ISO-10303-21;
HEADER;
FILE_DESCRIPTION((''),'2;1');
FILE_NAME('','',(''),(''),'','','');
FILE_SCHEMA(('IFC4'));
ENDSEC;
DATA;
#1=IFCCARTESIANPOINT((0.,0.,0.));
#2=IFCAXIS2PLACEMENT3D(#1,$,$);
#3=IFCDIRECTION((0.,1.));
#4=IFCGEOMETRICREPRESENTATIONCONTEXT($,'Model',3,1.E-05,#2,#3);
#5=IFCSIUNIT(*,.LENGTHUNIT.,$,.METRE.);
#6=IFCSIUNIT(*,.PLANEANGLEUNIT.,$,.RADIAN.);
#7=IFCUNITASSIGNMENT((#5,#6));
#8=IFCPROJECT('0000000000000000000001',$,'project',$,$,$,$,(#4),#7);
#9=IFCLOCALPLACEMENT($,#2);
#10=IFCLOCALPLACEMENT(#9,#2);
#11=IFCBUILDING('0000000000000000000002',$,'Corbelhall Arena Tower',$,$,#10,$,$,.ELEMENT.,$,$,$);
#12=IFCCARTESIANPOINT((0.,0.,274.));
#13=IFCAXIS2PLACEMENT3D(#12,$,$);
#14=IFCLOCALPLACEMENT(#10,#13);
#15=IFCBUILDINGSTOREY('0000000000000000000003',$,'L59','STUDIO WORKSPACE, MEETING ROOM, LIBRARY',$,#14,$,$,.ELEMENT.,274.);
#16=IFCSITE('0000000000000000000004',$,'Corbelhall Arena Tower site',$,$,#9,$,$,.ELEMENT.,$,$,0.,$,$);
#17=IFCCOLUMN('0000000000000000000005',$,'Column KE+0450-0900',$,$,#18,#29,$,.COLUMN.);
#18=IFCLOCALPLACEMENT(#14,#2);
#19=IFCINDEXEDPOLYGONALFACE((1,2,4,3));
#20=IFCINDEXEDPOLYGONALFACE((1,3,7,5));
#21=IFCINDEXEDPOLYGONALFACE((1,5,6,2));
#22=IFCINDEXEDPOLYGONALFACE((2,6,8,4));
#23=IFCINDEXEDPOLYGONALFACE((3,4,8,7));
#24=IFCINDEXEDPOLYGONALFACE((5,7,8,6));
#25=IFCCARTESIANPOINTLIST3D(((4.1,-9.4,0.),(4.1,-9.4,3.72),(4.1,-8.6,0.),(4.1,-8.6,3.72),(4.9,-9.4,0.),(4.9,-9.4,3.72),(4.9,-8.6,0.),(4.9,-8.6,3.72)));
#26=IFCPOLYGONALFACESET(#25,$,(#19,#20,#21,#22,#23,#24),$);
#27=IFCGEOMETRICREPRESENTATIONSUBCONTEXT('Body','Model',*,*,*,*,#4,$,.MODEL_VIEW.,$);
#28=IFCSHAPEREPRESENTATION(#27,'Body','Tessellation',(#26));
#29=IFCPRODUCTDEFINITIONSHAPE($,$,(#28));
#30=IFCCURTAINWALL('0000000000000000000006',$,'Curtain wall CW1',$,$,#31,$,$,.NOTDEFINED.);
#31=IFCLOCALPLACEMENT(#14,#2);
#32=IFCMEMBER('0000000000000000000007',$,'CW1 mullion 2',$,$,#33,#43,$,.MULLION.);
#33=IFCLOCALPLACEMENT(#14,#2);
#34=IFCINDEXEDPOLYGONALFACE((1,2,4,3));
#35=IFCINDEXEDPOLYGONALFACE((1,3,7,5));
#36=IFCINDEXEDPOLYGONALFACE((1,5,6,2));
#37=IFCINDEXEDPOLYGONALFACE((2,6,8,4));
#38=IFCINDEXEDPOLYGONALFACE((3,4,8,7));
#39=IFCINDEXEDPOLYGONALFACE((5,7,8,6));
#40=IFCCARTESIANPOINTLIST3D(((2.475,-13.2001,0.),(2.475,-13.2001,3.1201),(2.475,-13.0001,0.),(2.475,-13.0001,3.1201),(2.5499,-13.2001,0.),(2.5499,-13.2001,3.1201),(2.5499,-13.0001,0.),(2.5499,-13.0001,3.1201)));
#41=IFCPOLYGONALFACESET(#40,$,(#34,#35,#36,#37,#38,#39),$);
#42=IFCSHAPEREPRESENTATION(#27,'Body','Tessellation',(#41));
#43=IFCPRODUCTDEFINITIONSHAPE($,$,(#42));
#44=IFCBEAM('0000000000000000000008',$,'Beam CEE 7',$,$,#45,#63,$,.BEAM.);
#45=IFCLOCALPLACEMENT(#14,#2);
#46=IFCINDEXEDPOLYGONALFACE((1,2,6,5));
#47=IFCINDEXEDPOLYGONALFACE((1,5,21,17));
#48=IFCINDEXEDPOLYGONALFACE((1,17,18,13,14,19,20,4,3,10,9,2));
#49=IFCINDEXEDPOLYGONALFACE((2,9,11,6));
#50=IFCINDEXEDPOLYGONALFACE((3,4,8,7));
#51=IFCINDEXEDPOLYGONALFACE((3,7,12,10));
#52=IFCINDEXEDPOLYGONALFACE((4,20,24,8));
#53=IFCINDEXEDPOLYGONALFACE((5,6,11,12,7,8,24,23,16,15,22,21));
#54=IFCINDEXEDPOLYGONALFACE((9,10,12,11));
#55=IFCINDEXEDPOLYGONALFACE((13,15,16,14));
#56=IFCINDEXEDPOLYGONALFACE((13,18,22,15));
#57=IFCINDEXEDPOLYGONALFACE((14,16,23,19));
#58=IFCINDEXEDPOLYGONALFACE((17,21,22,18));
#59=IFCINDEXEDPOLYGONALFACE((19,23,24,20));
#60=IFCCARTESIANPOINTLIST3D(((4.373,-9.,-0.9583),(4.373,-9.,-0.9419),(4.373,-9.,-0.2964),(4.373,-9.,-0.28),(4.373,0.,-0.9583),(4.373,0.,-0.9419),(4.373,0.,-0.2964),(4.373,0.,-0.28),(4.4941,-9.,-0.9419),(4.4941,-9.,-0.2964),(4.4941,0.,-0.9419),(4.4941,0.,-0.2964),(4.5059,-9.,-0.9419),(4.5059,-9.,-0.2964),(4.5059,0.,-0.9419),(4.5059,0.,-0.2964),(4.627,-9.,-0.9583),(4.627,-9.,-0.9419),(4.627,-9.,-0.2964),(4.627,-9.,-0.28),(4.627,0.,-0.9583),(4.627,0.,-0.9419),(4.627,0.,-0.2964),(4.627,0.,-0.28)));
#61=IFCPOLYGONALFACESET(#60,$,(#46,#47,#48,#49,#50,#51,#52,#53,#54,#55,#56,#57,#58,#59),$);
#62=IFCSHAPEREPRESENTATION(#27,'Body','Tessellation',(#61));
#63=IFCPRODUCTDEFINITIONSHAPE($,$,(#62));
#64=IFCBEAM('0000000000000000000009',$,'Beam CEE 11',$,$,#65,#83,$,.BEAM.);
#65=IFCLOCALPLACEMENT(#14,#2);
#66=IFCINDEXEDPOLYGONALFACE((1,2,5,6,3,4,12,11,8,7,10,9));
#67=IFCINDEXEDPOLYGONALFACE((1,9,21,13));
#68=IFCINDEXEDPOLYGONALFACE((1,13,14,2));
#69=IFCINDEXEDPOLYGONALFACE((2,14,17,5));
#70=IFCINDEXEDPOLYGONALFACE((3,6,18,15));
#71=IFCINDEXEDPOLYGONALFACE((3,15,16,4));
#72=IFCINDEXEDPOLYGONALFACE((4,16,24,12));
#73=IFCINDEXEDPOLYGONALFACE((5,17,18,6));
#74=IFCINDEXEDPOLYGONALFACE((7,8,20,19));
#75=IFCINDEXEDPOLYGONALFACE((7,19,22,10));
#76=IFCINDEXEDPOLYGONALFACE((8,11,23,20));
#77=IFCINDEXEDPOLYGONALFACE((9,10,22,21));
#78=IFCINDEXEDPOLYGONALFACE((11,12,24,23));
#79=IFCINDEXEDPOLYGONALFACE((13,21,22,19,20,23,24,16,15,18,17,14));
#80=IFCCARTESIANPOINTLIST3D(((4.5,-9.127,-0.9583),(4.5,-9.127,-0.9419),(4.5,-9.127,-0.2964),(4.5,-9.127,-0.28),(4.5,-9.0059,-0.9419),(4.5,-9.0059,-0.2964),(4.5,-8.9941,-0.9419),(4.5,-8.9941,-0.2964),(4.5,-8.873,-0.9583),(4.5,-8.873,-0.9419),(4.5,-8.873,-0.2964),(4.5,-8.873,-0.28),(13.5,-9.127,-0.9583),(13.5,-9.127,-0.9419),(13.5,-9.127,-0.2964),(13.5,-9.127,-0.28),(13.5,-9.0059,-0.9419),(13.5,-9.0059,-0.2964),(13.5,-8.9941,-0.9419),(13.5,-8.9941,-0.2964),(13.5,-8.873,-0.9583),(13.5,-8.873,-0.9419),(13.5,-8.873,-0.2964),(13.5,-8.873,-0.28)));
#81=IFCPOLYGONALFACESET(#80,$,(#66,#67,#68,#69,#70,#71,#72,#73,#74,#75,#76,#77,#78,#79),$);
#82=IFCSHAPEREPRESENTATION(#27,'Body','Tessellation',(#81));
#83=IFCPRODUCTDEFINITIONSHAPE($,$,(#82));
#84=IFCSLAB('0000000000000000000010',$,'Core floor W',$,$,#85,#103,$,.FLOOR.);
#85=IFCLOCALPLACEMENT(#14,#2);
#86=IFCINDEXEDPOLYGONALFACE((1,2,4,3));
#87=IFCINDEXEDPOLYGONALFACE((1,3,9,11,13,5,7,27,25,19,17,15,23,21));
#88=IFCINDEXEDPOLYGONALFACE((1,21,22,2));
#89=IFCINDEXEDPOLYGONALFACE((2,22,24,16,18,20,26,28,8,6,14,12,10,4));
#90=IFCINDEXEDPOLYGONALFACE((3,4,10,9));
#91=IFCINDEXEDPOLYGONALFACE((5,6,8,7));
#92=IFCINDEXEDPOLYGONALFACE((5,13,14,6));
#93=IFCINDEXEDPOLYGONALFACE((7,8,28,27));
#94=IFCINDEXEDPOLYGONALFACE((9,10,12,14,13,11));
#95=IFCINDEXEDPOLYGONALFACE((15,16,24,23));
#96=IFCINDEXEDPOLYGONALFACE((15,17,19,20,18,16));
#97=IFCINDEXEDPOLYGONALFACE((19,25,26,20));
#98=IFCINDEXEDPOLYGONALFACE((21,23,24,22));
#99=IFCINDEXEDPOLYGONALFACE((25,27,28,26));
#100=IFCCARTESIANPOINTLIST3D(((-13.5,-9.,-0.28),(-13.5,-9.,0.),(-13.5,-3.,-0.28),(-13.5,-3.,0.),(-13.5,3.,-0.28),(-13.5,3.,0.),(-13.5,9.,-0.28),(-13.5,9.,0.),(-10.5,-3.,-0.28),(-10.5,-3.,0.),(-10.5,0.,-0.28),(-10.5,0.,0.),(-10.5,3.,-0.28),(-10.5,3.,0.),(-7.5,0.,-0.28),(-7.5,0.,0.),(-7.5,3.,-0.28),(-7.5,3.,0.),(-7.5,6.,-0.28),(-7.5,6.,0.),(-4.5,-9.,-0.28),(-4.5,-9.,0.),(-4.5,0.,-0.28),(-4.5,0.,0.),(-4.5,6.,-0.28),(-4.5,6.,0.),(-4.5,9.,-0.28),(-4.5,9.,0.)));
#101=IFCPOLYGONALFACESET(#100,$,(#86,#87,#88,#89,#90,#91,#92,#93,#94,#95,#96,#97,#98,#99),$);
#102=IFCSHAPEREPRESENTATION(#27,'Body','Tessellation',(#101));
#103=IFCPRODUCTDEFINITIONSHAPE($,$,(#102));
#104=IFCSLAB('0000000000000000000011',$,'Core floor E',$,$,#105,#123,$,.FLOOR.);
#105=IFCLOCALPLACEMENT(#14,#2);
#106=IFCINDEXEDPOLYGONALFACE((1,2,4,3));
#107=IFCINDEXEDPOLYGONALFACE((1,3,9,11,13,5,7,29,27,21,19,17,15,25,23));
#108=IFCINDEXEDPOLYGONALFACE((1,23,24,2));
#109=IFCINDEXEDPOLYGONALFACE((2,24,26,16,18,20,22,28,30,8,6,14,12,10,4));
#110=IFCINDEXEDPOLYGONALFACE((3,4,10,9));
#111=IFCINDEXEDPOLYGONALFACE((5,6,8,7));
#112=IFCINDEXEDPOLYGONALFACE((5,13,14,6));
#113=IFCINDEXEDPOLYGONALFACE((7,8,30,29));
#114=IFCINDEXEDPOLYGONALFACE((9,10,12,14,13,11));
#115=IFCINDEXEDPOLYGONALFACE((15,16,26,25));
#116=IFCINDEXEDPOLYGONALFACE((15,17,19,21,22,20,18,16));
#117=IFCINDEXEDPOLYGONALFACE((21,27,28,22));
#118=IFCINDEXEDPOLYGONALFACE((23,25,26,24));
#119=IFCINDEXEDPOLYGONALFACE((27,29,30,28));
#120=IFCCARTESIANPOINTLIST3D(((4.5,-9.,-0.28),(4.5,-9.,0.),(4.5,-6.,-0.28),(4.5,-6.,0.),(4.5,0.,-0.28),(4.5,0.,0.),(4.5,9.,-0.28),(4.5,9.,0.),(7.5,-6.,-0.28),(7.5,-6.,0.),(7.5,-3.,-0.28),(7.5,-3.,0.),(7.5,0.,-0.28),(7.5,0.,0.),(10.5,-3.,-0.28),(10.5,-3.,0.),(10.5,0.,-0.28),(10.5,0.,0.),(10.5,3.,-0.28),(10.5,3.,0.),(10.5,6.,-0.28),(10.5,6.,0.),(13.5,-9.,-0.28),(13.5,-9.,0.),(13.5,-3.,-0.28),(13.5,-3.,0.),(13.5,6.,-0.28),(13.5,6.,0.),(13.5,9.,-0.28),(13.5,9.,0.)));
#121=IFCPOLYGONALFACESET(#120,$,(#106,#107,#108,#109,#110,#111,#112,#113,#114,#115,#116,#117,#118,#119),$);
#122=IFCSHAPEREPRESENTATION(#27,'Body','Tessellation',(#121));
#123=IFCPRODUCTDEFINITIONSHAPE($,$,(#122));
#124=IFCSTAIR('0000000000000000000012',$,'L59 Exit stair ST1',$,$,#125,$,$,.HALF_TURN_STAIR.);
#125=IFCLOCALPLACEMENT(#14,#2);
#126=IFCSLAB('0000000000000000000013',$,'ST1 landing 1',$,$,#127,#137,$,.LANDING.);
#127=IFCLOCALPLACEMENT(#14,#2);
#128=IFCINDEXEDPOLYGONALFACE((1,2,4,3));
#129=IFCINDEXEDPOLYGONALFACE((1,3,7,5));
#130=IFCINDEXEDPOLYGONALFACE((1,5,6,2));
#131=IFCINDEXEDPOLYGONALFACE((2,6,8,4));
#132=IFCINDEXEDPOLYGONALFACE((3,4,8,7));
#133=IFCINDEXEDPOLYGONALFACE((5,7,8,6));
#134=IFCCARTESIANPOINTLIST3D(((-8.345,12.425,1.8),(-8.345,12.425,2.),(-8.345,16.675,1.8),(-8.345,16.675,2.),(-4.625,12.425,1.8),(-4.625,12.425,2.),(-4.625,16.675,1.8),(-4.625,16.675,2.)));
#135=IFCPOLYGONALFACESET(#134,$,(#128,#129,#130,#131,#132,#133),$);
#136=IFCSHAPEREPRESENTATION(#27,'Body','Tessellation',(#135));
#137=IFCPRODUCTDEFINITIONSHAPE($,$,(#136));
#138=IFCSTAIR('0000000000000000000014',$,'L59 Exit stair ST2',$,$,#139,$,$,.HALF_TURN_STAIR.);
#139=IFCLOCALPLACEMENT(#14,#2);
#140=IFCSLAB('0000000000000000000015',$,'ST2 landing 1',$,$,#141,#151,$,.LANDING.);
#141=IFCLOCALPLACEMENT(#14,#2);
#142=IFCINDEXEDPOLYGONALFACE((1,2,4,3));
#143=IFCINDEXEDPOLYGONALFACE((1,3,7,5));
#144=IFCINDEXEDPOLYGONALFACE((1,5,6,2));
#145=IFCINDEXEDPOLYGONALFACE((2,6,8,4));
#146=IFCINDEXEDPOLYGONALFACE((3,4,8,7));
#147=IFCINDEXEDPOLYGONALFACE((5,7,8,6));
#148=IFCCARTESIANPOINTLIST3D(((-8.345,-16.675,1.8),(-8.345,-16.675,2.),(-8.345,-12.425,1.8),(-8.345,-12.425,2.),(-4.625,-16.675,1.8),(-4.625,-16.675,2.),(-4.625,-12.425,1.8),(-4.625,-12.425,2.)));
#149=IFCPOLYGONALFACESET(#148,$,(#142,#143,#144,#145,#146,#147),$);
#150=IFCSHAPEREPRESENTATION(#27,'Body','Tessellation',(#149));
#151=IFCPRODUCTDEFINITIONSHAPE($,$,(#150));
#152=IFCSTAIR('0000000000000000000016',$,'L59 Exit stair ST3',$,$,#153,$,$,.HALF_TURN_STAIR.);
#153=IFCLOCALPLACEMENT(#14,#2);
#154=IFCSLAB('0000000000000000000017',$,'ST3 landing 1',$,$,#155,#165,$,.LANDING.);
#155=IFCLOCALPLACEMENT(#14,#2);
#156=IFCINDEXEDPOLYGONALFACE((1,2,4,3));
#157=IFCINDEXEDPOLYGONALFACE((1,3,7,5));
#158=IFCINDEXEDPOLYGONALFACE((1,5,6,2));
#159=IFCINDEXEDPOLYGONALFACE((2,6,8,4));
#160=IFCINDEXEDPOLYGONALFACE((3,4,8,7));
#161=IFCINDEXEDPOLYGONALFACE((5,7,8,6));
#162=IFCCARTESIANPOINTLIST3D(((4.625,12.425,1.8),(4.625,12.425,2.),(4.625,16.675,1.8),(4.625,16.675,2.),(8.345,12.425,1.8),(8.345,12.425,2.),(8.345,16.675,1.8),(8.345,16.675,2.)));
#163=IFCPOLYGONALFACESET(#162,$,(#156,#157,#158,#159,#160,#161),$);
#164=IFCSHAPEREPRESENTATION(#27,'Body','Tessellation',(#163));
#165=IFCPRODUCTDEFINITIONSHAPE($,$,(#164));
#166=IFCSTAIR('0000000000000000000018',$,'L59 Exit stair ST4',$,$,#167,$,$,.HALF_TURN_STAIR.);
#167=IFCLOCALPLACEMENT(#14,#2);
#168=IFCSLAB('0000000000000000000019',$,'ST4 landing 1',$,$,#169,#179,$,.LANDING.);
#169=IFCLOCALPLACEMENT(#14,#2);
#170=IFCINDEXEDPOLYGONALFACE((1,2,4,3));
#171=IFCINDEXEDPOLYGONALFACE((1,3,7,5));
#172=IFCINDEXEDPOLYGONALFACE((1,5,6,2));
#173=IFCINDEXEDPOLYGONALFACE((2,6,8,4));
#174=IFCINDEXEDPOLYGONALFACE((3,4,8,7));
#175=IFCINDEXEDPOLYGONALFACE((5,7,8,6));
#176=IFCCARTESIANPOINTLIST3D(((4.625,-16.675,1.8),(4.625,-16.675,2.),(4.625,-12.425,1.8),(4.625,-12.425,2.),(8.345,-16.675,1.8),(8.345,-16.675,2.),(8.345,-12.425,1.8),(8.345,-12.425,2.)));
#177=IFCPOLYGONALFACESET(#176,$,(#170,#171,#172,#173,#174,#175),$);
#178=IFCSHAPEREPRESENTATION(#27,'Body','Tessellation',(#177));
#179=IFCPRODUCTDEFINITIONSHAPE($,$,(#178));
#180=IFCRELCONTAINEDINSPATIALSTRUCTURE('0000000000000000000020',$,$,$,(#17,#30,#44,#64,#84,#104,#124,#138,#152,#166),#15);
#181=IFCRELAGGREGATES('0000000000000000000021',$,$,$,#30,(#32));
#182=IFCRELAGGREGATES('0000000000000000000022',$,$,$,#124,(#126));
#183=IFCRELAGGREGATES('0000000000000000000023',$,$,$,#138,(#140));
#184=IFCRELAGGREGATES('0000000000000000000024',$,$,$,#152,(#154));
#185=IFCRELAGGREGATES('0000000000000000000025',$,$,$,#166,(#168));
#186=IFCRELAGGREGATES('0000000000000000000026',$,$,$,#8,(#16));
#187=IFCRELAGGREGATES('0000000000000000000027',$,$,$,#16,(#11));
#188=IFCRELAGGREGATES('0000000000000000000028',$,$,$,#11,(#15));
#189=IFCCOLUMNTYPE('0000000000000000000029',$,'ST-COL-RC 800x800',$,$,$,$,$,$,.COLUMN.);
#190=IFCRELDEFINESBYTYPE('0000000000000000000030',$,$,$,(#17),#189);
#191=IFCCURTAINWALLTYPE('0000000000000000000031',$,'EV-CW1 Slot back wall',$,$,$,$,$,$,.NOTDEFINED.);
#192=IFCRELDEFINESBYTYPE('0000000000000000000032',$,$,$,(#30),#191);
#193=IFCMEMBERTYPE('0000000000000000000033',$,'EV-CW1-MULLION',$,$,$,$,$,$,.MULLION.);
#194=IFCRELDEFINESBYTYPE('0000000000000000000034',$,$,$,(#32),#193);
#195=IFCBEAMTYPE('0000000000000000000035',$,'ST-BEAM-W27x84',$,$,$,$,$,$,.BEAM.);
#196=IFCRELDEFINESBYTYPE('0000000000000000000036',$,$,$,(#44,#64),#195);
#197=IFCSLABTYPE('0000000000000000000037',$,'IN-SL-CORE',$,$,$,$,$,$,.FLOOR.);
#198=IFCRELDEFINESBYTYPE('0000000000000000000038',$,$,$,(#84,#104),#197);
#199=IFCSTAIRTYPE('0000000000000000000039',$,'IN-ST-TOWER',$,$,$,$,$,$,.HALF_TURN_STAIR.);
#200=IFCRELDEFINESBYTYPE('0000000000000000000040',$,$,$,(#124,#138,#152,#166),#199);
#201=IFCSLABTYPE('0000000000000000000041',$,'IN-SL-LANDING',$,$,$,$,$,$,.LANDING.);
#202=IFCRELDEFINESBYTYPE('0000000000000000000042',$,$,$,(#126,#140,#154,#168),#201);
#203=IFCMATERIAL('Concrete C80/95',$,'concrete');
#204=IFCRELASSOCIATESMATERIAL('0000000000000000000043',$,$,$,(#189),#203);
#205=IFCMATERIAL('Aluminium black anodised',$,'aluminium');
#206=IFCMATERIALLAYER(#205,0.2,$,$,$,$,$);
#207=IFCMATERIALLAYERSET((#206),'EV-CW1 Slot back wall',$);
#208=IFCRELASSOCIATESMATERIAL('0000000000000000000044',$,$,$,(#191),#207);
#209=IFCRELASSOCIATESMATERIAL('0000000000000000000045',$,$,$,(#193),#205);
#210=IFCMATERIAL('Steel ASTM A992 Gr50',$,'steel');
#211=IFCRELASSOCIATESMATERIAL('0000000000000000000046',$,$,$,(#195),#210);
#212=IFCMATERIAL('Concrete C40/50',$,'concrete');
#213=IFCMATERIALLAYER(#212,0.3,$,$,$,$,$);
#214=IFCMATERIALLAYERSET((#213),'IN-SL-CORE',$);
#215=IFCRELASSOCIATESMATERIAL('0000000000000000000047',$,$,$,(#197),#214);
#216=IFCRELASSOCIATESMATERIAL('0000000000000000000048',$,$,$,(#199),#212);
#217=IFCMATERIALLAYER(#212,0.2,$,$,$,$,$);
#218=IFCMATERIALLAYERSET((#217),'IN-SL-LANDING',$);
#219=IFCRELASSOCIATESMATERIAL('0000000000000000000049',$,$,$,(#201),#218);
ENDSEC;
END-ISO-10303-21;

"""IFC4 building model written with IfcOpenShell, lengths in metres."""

from ifc_helpers import new_model, si_unit, direction, frame, origin, origin_2d, place, context, subcontext, project, spatial, polyline, rectangle, i_section, outline, extrude, material, layer, layer_set, material_profile, profile_set, type_object, element, aggregate, save


model = new_model("IFC4")

# Units and contexts
model_context = context("Model", 3, precision=1e-05, world=origin(), true_north=direction((0.0, 1.0)))
body_context = subcontext(model_context, "Body", "Model", "MODEL_VIEW")
ifc_project = project(units=[si_unit("LENGTHUNIT", "METRE"), si_unit("PLANEANGLEUNIT", "RADIAN")], contexts=[model_context])

# Site, building, storey
site_placement = place(None, origin())
site = spatial("IfcSite", under=ifc_project, at=site_placement, Name="Corbelhall Arena Tower site", CompositionType="ELEMENT", RefElevation=0.0)
building_placement = place(site_placement, origin())
building = spatial("IfcBuilding", under=site, at=building_placement, Name="Corbelhall Arena Tower", CompositionType="ELEMENT")
storey_placement = place(building_placement, frame((0.0, 0.0, 274.0)))
storey = spatial("IfcBuildingStorey", under=building, at=storey_placement, Name="L59", Description="STUDIO WORKSPACE, MEETING ROOM, LIBRARY", CompositionType="ELEMENT", Elevation=274.0)

# Column
ifc_material_1 = material(Name="Concrete C80/95", Category="concrete")
ifc_material_profile_1 = material_profile(ifc_material_1, rectangle(XDim=0.8, YDim=0.8, at=origin_2d()))
ifc_profile_set_1 = profile_set([ifc_material_profile_1], Name="Concrete C80/95")
column_type = type_object("IfcColumnType", Name="ST-COL-RC 800x800", PredefinedType="COLUMN", material=ifc_profile_set_1)
column_placement = place(storey_placement, frame((4.5, -9.0, 0.0), z_axis=(0.0, 0.0, 1.0), x_axis=(1.0, 0.0, 0.0)))
element("IfcColumn", 1, at=column_placement, inside=storey, type_object=column_type, Name="Column KE+0450-0900", PredefinedType="COLUMN", context=body_context, shape_type="SweptSolid", body=[
    extrude(rectangle(XDim=0.8, YDim=0.8, at=origin_2d()), origin(), (0.0, 0.0, 1.0), 3.72),
])

# Curtain wall, member
ifc_material_2 = material(Name="Aluminium black anodised", Category="aluminium")
ifc_layer_1 = layer(ifc_material_2, 0.2)
ifc_layer_set_1 = layer_set([ifc_layer_1], Name="EV-CW1 Slot back wall")
curtain_wall_type = type_object("IfcCurtainWallType", Name="EV-CW1 Slot back wall", PredefinedType="NOTDEFINED", material=ifc_layer_set_1)
curtain_wall_placement = place(storey_placement, origin())
curtain_wall = element("IfcCurtainWall", 2, at=curtain_wall_placement, inside=storey, type_object=curtain_wall_type, Name="Curtain wall CW1", PredefinedType="NOTDEFINED")
ifc_material_profile_2 = material_profile(ifc_material_2, rectangle(XDim=0.2, YDim=0.075, at=origin_2d()))
ifc_profile_set_2 = profile_set([ifc_material_profile_2], Name="Aluminium black anodised")
member_type = type_object("IfcMemberType", Name="EV-CW1-MULLION", PredefinedType="MULLION", material=ifc_profile_set_2)
member_placement = place(storey_placement, frame((2.5125, -13.1001, 0.0), z_axis=(0.0, 0.0, 1.0), x_axis=(0.0, 1.0, 0.0)))
member = element("IfcMember", 3, at=member_placement, type_object=member_type, Name="CW1 mullion 2", PredefinedType="MULLION", context=body_context, shape_type="SweptSolid", body=[
    extrude(rectangle(XDim=0.2, YDim=0.075, at=origin_2d()), origin(), (0.0, 0.0, 1.0), 3.1201),
])
aggregate(curtain_wall, [member])

# Beams
ifc_material_3 = material(Name="Steel ASTM A992 Gr50", Category="steel")
ifc_material_profile_3 = material_profile(ifc_material_3, i_section(OverallWidth=0.2539, OverallDepth=0.6782, WebThickness=0.0117, FlangeThickness=0.0164, at=origin_2d()))
ifc_profile_set_3 = profile_set([ifc_material_profile_3], Name="Steel ASTM A992 Gr50")
beam_type = type_object("IfcBeamType", Name="ST-BEAM-W27x84", PredefinedType="BEAM", material=ifc_profile_set_3)
for number, where, z_axis, x_axis, name in (
    (4, (4.5, -9.0, -0.6191), (0.0, 1.0, 0.0), (-1.0, 0.0, 0.0), "Beam CEE 7"),
    (5, (4.5, -9.0, -0.6191), (1.0, 0.0, 0.0), (0.0, 1.0, 0.0), "Beam CEE 11"),
):
    element("IfcBeam", number, at=place(storey_placement, frame(where, z_axis=z_axis, x_axis=x_axis)), inside=storey, type_object=beam_type, Name=name, PredefinedType="BEAM", context=body_context, shape_type="SweptSolid", body=[
        extrude(i_section(OverallWidth=0.2539, OverallDepth=0.6782, WebThickness=0.0117, FlangeThickness=0.0164, at=origin_2d()), origin(), (0.0, 0.0, 1.0), 9.0),
    ])

# Slabs
ifc_material_4 = material(Name="Concrete C40/50", Category="concrete")
ifc_layer_2 = layer(ifc_material_4, 0.3)
ifc_layer_set_2 = layer_set([ifc_layer_2], Name="IN-SL-CORE")
slab_type_1 = type_object("IfcSlabType", Name="IN-SL-CORE", PredefinedType="FLOOR", material=ifc_layer_set_2)
slab_1_placement = place(storey_placement, frame((0.0, 0.0, -0.28)))
element("IfcSlab", 6, at=slab_1_placement, inside=storey, type_object=slab_type_1, Name="Core floor W", PredefinedType="FLOOR", context=body_context, shape_type="SweptSolid", body=[
    extrude(outline(polyline([(-10.5, -3.0), (-13.5, -3.0), (-13.5, -9.0), (-4.5, -9.0), (-4.5, 0.0), (-7.5, 0.0), (-7.5, 3.0), (-7.5, 6.0), (-4.5, 6.0), (-4.5, 9.0), (-13.5, 9.0), (-13.5, 3.0), (-10.5, 3.0), (-10.5, 0.0), (-10.5, -3.0)])), origin(), (0.0, 0.0, 1.0), 0.28),
])
slab_2_placement = place(storey_placement, frame((0.0, 0.0, -0.28)))
element("IfcSlab", 7, at=slab_2_placement, inside=storey, type_object=slab_type_1, Name="Core floor E", PredefinedType="FLOOR", context=body_context, shape_type="SweptSolid", body=[
    extrude(outline(polyline([(13.5, -3.0), (10.5, -3.0), (10.5, 0.0), (10.5, 3.0), (10.5, 6.0), (13.5, 6.0), (13.5, 9.0), (4.5, 9.0), (4.5, 0.0), (7.5, 0.0), (7.5, -3.0), (7.5, -6.0), (4.5, -6.0), (4.5, -9.0), (13.5, -9.0), (13.5, -3.0)])), origin(), (0.0, 0.0, 1.0), 0.28),
])

# Stairs, slabs
stair_type = type_object("IfcStairType", Name="IN-ST-TOWER", PredefinedType="HALF_TURN_STAIR", material=ifc_material_4)
stair_1_placement = place(storey_placement, origin())
stair_1 = element("IfcStair", 8, at=stair_1_placement, inside=storey, type_object=stair_type, Name="L59 Exit stair ST1", PredefinedType="HALF_TURN_STAIR")
ifc_layer_3 = layer(ifc_material_4, 0.2)
ifc_layer_set_3 = layer_set([ifc_layer_3], Name="IN-SL-LANDING")
slab_type_2 = type_object("IfcSlabType", Name="IN-SL-LANDING", PredefinedType="LANDING", material=ifc_layer_set_3)
slab_3_placement = place(storey_placement, frame((0.0, 0.0, 1.8)))
slab_3 = element("IfcSlab", 9, at=slab_3_placement, type_object=slab_type_2, Name="ST1 landing 1", PredefinedType="LANDING", context=body_context, shape_type="SweptSolid", body=[
    extrude(outline(polyline([(-8.345, 12.425), (-4.625, 12.425), (-4.625, 16.675), (-8.345, 16.675), (-8.345, 12.425)])), origin(), (0.0, 0.0, 1.0), 0.2),
])
aggregate(stair_1, [slab_3])
stair_2_placement = place(storey_placement, origin())
stair_2 = element("IfcStair", 10, at=stair_2_placement, inside=storey, type_object=stair_type, Name="L59 Exit stair ST2", PredefinedType="HALF_TURN_STAIR")
slab_4_placement = place(storey_placement, frame((0.0, 0.0, 1.8)))
slab_4 = element("IfcSlab", 11, at=slab_4_placement, type_object=slab_type_2, Name="ST2 landing 1", PredefinedType="LANDING", context=body_context, shape_type="SweptSolid", body=[
    extrude(outline(polyline([(-8.345, -16.675), (-4.625, -16.675), (-4.625, -12.425), (-8.345, -12.425), (-8.345, -16.675)])), origin(), (0.0, 0.0, 1.0), 0.2),
])
aggregate(stair_2, [slab_4])
stair_3_placement = place(storey_placement, origin())
stair_3 = element("IfcStair", 12, at=stair_3_placement, inside=storey, type_object=stair_type, Name="L59 Exit stair ST3", PredefinedType="HALF_TURN_STAIR")
slab_5_placement = place(storey_placement, frame((0.0, 0.0, 1.8)))
slab_5 = element("IfcSlab", 13, at=slab_5_placement, type_object=slab_type_2, Name="ST3 landing 1", PredefinedType="LANDING", context=body_context, shape_type="SweptSolid", body=[
    extrude(outline(polyline([(8.345, 16.675), (4.625, 16.675), (4.625, 12.425), (8.345, 12.425), (8.345, 16.675)])), origin(), (0.0, 0.0, 1.0), 0.2),
])
aggregate(stair_3, [slab_5])
stair_4_placement = place(storey_placement, origin())
stair_4 = element("IfcStair", 14, at=stair_4_placement, inside=storey, type_object=stair_type, Name="L59 Exit stair ST4", PredefinedType="HALF_TURN_STAIR")
slab_6_placement = place(storey_placement, frame((0.0, 0.0, 1.8)))
slab_6 = element("IfcSlab", 15, at=slab_6_placement, type_object=slab_type_2, Name="ST4 landing 1", PredefinedType="LANDING", context=body_context, shape_type="SweptSolid", body=[
    extrude(outline(polyline([(8.345, -12.425), (4.625, -12.425), (4.625, -16.675), (8.345, -16.675), (8.345, -12.425)])), origin(), (0.0, 0.0, 1.0), 0.2),
])
aggregate(stair_4, [slab_6])

save(model, "model.ifc")
